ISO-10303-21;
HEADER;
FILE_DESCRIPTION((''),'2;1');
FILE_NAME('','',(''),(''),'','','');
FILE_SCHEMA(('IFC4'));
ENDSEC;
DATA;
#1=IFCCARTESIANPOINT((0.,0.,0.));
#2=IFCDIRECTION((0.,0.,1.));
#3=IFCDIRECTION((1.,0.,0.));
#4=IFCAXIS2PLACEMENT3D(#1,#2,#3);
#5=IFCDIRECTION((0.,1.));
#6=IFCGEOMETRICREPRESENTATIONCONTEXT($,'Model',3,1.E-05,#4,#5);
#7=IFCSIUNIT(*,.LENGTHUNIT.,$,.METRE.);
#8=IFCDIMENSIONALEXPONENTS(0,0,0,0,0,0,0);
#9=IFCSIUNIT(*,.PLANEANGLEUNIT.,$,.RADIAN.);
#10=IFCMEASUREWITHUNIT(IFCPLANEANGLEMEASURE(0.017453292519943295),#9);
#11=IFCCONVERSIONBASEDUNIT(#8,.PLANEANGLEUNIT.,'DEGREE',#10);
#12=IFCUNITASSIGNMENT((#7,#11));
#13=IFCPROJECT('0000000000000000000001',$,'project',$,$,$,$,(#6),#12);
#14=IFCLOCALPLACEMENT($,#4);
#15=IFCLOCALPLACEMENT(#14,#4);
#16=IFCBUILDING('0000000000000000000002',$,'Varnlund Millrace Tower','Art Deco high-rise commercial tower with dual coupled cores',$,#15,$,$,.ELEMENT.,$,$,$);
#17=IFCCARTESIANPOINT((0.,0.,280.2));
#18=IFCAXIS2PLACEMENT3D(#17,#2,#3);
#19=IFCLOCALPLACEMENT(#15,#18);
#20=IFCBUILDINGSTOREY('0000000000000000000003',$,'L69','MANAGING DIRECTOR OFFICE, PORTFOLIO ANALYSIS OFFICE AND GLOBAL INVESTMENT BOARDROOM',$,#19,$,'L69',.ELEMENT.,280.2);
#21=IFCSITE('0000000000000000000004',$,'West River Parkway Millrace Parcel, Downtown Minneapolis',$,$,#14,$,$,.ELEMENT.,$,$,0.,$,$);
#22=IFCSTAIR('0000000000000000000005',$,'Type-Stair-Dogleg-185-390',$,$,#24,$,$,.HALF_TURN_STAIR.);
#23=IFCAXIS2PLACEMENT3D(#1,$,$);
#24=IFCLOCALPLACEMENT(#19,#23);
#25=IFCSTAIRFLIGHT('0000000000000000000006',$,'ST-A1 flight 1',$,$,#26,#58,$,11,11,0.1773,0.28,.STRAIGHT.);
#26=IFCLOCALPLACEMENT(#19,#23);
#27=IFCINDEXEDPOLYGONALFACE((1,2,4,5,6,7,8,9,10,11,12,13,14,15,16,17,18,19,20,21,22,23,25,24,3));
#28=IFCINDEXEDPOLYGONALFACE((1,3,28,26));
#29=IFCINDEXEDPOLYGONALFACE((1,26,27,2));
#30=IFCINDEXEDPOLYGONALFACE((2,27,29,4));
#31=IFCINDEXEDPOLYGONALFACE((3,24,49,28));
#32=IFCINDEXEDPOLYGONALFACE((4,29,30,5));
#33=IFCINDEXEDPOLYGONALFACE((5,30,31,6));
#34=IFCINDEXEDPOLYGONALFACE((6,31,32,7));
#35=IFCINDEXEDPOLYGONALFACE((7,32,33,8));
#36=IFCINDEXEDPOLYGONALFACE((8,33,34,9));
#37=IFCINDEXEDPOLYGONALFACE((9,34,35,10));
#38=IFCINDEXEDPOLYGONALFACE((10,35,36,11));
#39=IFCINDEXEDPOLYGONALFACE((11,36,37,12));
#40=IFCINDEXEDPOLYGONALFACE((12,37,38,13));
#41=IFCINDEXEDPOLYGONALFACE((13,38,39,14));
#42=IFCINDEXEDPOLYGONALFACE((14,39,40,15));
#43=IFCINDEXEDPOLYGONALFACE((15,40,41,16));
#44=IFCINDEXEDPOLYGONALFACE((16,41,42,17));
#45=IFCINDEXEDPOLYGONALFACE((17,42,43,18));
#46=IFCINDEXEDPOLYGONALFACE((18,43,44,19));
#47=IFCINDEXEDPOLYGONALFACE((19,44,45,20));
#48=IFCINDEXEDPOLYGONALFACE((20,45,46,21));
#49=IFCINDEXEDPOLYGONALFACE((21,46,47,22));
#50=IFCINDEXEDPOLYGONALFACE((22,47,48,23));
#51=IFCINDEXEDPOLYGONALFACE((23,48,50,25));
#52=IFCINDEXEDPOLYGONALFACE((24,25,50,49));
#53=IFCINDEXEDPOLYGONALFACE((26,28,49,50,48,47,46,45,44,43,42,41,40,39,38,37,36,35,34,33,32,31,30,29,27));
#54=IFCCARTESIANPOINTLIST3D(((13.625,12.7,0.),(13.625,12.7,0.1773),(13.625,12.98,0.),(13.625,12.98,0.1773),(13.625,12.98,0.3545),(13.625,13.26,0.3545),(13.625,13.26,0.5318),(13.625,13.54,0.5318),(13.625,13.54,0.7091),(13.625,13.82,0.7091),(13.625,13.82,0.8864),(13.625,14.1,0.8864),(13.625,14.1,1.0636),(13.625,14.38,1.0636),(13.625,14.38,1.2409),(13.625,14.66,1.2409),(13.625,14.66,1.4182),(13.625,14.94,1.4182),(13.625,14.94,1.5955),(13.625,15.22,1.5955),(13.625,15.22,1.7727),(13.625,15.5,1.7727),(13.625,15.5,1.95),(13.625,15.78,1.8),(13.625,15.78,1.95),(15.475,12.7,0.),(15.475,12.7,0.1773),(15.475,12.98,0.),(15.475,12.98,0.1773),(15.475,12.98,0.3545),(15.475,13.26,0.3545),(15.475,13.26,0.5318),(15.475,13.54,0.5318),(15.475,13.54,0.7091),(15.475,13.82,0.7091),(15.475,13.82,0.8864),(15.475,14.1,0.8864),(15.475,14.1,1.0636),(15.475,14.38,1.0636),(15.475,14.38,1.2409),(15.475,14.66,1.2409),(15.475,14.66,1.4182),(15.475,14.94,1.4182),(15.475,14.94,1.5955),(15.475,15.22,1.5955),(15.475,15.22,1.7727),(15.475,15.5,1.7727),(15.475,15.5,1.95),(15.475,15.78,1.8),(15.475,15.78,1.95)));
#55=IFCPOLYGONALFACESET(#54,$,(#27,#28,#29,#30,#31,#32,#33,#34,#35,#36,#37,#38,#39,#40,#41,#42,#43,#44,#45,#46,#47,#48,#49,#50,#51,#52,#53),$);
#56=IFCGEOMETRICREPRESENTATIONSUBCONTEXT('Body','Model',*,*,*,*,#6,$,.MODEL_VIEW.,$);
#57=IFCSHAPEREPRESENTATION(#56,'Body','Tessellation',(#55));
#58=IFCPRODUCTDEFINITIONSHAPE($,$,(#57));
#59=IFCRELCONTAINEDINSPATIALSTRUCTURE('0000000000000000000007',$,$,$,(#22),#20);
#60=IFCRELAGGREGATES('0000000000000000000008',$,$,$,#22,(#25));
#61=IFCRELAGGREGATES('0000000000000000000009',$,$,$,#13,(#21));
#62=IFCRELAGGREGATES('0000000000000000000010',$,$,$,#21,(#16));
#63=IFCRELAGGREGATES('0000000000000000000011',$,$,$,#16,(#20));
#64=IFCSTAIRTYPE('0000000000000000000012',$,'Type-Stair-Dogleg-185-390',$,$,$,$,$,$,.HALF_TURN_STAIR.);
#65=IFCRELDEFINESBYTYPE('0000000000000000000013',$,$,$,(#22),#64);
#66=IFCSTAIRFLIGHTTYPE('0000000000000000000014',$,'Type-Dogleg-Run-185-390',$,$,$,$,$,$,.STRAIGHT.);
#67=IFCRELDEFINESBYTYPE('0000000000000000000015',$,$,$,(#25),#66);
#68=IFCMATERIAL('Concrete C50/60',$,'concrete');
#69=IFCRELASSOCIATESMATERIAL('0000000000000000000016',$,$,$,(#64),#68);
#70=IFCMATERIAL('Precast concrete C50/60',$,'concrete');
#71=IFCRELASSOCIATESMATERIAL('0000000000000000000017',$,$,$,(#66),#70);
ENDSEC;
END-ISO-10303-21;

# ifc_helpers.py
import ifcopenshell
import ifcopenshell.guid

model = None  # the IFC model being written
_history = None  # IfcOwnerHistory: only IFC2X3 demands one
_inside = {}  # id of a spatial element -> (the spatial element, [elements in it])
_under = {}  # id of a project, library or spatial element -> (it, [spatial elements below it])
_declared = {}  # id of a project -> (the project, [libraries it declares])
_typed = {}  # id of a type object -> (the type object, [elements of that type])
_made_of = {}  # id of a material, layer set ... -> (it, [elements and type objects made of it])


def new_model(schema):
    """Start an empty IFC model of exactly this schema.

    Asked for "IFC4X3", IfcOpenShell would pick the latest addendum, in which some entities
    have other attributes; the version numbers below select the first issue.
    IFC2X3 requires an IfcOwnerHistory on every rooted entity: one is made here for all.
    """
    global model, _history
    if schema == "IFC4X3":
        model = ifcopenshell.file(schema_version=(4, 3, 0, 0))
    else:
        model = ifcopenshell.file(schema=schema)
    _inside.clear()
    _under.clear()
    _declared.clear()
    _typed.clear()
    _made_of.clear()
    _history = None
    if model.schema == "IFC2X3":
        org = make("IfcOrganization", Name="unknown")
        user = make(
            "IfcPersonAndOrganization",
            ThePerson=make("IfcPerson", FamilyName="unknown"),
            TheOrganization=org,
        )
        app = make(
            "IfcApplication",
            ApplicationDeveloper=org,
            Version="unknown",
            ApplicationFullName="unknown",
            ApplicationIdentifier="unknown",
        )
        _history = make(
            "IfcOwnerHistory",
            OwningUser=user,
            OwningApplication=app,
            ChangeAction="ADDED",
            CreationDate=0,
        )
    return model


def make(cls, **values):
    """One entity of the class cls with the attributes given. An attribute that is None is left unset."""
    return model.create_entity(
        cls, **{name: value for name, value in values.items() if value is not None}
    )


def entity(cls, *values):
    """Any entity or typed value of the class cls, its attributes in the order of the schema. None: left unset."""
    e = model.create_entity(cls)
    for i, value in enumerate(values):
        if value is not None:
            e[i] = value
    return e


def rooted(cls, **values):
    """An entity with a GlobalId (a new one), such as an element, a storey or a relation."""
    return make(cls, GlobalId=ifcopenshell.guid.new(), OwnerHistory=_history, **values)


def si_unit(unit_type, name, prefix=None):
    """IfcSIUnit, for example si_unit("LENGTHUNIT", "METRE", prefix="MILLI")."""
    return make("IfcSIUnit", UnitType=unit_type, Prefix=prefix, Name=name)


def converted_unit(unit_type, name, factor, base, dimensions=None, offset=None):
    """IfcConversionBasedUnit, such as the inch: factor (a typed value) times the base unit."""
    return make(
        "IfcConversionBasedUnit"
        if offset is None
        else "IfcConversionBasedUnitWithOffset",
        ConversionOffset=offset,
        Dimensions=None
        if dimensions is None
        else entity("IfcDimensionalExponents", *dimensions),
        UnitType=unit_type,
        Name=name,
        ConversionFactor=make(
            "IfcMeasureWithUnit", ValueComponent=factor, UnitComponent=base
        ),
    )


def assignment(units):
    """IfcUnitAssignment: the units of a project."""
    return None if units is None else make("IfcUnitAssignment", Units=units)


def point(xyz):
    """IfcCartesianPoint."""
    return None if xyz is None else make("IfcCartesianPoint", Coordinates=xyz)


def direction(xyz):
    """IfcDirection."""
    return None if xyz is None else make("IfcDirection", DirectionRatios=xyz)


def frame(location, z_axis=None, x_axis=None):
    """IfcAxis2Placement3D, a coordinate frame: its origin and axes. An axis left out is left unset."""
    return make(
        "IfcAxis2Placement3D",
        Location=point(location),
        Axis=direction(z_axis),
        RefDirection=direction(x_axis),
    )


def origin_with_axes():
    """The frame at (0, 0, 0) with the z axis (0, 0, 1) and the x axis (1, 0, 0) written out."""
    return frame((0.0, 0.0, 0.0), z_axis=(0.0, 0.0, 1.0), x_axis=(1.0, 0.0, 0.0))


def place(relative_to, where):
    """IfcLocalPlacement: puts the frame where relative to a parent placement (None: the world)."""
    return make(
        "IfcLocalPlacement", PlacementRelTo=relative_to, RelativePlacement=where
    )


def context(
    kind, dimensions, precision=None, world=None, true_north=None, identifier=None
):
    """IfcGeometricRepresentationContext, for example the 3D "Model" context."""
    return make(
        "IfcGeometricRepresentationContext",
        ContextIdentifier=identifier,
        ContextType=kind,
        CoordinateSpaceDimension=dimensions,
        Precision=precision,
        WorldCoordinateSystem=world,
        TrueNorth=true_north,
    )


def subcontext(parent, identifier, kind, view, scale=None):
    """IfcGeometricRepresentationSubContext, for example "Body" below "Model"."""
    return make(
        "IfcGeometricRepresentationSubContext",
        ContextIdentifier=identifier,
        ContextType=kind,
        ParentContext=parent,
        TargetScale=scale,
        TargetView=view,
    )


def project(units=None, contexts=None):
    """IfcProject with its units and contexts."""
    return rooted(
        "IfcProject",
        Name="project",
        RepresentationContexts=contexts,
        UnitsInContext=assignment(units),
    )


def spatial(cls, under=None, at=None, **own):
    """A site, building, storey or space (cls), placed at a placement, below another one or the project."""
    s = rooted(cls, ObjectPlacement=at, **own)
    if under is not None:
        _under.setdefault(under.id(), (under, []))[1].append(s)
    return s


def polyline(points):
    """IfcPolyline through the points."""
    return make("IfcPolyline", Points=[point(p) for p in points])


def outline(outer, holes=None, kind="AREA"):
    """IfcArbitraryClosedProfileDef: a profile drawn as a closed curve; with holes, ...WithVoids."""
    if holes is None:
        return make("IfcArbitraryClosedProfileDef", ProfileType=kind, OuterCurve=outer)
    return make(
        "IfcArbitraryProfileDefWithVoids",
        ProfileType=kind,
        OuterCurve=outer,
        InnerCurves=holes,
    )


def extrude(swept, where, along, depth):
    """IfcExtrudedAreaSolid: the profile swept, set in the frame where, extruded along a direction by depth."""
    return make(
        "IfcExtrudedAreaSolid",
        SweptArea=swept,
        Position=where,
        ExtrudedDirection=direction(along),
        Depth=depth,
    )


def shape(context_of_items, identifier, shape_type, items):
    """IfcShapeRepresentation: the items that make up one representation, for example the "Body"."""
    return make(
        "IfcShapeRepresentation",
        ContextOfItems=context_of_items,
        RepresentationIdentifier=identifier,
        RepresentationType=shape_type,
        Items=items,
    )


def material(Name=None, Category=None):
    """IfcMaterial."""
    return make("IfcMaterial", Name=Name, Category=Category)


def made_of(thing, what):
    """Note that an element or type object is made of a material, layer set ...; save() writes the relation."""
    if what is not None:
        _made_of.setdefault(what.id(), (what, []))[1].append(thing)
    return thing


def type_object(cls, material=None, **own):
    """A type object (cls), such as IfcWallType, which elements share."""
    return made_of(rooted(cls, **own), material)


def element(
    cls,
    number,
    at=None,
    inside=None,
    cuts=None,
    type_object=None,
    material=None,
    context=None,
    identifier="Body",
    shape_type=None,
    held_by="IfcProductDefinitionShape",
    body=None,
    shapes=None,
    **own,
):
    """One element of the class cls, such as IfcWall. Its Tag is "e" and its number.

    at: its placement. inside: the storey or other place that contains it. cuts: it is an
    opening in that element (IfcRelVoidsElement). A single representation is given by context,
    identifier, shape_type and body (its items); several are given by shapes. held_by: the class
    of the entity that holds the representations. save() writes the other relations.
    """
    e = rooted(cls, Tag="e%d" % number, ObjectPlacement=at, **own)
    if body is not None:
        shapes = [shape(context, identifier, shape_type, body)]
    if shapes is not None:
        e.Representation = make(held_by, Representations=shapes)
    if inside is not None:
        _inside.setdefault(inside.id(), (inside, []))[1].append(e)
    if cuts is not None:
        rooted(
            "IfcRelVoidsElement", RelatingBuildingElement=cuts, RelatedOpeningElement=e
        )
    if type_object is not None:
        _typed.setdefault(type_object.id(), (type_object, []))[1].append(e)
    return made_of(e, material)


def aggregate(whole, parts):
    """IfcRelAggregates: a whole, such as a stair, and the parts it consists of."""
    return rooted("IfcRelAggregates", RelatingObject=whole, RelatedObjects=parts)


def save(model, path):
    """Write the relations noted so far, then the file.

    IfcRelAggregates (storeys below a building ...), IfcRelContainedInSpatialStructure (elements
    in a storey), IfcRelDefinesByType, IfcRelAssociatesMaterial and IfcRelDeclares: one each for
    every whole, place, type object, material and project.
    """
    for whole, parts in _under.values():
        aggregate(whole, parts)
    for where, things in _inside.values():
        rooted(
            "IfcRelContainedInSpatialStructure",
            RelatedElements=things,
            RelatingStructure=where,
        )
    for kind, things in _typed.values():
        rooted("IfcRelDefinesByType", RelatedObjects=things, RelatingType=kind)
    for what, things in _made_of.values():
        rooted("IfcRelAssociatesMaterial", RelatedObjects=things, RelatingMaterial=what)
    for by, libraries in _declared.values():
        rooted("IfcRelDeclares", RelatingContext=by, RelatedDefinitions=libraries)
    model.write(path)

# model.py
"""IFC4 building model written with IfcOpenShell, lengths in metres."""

from ifc_helpers import new_model, entity, si_unit, converted_unit, direction, frame, origin_with_axes, place, context, subcontext, project, spatial, polyline, outline, extrude, material, type_object, element, aggregate, save


model = new_model("IFC4")

# Units and contexts
model_context = context("Model", 3, precision=1e-05, world=origin_with_axes(), true_north=direction((0.0, 1.0)))
body_context = subcontext(model_context, "Body", "Model", "MODEL_VIEW")
ifc_project = project(units=[si_unit("LENGTHUNIT", "METRE"), converted_unit("PLANEANGLEUNIT", "DEGREE", entity("IfcPlaneAngleMeasure", 0.017453292519943295), si_unit("PLANEANGLEUNIT", "RADIAN"), dimensions=[0, 0, 0, 0, 0, 0, 0])], contexts=[model_context])

# Site, building, storey
site_placement = place(None, origin_with_axes())
site = spatial("IfcSite", under=ifc_project, at=site_placement, Name="West River Parkway Millrace Parcel, Downtown Minneapolis", CompositionType="ELEMENT", RefElevation=0.0)
building_placement = place(site_placement, origin_with_axes())
building = spatial("IfcBuilding", under=site, at=building_placement, Name="Varnlund Millrace Tower", Description="Art Deco high-rise commercial tower with dual coupled cores", CompositionType="ELEMENT")
storey_placement = place(building_placement, frame((0.0, 0.0, 280.2), z_axis=(0.0, 0.0, 1.0), x_axis=(1.0, 0.0, 0.0)))
storey = spatial("IfcBuildingStorey", under=building, at=storey_placement, Name="L69", Description="MANAGING DIRECTOR OFFICE, PORTFOLIO ANALYSIS OFFICE AND GLOBAL INVESTMENT BOARDROOM", LongName="L69", CompositionType="ELEMENT", Elevation=280.2)

# Stair, stair flight
ifc_material_1 = material(Name="Concrete C50/60", Category="concrete")
stair_type = type_object("IfcStairType", Name="Type-Stair-Dogleg-185-390", PredefinedType="HALF_TURN_STAIR", material=ifc_material_1)
stair_placement = place(storey_placement, origin_with_axes())
stair = element("IfcStair", 1, at=stair_placement, inside=storey, type_object=stair_type, Name="Type-Stair-Dogleg-185-390", PredefinedType="HALF_TURN_STAIR")
ifc_material_2 = material(Name="Precast concrete C50/60", Category="concrete")
stair_flight_type = type_object("IfcStairFlightType", Name="Type-Dogleg-Run-185-390", PredefinedType="STRAIGHT", material=ifc_material_2)
stair_flight_placement = place(storey_placement, frame((13.625, 12.7, 0.0), z_axis=(1.0, 0.0, 0.0), x_axis=(0.0, 1.0, 0.0)))
stair_flight = element("IfcStairFlight", 2, at=stair_flight_placement, type_object=stair_flight_type, Name="ST-A1 flight 1", NumberOfRisers=11, NumberOfTreads=11, PredefinedType="STRAIGHT", RiserHeight=0.1773, TreadLength=0.28, context=body_context, shape_type="SweptSolid", body=[
    extrude(outline(polyline([(0.0, 0.0), (0.0, 0.1773), (0.28, 0.1773), (0.28, 0.3545), (0.56, 0.3545), (0.56, 0.5318), (0.84, 0.5318), (0.84, 0.7091), (1.12, 0.7091), (1.12, 0.8864), (1.4, 0.8864), (1.4, 1.0636), (1.68, 1.0636), (1.68, 1.2409), (1.96, 1.2409), (1.96, 1.4182), (2.24, 1.4182), (2.24, 1.5955), (2.52, 1.5955), (2.52, 1.7727), (2.8, 1.7727), (2.8, 1.95), (3.08, 1.95), (3.08, 1.8), (0.28, 0.0), (0.0, 0.0)])), origin_with_axes(), (0.0, 0.0, 1.0), 1.85),
])
aggregate(stair, [stair_flight])

save(model, "model.ifc")
